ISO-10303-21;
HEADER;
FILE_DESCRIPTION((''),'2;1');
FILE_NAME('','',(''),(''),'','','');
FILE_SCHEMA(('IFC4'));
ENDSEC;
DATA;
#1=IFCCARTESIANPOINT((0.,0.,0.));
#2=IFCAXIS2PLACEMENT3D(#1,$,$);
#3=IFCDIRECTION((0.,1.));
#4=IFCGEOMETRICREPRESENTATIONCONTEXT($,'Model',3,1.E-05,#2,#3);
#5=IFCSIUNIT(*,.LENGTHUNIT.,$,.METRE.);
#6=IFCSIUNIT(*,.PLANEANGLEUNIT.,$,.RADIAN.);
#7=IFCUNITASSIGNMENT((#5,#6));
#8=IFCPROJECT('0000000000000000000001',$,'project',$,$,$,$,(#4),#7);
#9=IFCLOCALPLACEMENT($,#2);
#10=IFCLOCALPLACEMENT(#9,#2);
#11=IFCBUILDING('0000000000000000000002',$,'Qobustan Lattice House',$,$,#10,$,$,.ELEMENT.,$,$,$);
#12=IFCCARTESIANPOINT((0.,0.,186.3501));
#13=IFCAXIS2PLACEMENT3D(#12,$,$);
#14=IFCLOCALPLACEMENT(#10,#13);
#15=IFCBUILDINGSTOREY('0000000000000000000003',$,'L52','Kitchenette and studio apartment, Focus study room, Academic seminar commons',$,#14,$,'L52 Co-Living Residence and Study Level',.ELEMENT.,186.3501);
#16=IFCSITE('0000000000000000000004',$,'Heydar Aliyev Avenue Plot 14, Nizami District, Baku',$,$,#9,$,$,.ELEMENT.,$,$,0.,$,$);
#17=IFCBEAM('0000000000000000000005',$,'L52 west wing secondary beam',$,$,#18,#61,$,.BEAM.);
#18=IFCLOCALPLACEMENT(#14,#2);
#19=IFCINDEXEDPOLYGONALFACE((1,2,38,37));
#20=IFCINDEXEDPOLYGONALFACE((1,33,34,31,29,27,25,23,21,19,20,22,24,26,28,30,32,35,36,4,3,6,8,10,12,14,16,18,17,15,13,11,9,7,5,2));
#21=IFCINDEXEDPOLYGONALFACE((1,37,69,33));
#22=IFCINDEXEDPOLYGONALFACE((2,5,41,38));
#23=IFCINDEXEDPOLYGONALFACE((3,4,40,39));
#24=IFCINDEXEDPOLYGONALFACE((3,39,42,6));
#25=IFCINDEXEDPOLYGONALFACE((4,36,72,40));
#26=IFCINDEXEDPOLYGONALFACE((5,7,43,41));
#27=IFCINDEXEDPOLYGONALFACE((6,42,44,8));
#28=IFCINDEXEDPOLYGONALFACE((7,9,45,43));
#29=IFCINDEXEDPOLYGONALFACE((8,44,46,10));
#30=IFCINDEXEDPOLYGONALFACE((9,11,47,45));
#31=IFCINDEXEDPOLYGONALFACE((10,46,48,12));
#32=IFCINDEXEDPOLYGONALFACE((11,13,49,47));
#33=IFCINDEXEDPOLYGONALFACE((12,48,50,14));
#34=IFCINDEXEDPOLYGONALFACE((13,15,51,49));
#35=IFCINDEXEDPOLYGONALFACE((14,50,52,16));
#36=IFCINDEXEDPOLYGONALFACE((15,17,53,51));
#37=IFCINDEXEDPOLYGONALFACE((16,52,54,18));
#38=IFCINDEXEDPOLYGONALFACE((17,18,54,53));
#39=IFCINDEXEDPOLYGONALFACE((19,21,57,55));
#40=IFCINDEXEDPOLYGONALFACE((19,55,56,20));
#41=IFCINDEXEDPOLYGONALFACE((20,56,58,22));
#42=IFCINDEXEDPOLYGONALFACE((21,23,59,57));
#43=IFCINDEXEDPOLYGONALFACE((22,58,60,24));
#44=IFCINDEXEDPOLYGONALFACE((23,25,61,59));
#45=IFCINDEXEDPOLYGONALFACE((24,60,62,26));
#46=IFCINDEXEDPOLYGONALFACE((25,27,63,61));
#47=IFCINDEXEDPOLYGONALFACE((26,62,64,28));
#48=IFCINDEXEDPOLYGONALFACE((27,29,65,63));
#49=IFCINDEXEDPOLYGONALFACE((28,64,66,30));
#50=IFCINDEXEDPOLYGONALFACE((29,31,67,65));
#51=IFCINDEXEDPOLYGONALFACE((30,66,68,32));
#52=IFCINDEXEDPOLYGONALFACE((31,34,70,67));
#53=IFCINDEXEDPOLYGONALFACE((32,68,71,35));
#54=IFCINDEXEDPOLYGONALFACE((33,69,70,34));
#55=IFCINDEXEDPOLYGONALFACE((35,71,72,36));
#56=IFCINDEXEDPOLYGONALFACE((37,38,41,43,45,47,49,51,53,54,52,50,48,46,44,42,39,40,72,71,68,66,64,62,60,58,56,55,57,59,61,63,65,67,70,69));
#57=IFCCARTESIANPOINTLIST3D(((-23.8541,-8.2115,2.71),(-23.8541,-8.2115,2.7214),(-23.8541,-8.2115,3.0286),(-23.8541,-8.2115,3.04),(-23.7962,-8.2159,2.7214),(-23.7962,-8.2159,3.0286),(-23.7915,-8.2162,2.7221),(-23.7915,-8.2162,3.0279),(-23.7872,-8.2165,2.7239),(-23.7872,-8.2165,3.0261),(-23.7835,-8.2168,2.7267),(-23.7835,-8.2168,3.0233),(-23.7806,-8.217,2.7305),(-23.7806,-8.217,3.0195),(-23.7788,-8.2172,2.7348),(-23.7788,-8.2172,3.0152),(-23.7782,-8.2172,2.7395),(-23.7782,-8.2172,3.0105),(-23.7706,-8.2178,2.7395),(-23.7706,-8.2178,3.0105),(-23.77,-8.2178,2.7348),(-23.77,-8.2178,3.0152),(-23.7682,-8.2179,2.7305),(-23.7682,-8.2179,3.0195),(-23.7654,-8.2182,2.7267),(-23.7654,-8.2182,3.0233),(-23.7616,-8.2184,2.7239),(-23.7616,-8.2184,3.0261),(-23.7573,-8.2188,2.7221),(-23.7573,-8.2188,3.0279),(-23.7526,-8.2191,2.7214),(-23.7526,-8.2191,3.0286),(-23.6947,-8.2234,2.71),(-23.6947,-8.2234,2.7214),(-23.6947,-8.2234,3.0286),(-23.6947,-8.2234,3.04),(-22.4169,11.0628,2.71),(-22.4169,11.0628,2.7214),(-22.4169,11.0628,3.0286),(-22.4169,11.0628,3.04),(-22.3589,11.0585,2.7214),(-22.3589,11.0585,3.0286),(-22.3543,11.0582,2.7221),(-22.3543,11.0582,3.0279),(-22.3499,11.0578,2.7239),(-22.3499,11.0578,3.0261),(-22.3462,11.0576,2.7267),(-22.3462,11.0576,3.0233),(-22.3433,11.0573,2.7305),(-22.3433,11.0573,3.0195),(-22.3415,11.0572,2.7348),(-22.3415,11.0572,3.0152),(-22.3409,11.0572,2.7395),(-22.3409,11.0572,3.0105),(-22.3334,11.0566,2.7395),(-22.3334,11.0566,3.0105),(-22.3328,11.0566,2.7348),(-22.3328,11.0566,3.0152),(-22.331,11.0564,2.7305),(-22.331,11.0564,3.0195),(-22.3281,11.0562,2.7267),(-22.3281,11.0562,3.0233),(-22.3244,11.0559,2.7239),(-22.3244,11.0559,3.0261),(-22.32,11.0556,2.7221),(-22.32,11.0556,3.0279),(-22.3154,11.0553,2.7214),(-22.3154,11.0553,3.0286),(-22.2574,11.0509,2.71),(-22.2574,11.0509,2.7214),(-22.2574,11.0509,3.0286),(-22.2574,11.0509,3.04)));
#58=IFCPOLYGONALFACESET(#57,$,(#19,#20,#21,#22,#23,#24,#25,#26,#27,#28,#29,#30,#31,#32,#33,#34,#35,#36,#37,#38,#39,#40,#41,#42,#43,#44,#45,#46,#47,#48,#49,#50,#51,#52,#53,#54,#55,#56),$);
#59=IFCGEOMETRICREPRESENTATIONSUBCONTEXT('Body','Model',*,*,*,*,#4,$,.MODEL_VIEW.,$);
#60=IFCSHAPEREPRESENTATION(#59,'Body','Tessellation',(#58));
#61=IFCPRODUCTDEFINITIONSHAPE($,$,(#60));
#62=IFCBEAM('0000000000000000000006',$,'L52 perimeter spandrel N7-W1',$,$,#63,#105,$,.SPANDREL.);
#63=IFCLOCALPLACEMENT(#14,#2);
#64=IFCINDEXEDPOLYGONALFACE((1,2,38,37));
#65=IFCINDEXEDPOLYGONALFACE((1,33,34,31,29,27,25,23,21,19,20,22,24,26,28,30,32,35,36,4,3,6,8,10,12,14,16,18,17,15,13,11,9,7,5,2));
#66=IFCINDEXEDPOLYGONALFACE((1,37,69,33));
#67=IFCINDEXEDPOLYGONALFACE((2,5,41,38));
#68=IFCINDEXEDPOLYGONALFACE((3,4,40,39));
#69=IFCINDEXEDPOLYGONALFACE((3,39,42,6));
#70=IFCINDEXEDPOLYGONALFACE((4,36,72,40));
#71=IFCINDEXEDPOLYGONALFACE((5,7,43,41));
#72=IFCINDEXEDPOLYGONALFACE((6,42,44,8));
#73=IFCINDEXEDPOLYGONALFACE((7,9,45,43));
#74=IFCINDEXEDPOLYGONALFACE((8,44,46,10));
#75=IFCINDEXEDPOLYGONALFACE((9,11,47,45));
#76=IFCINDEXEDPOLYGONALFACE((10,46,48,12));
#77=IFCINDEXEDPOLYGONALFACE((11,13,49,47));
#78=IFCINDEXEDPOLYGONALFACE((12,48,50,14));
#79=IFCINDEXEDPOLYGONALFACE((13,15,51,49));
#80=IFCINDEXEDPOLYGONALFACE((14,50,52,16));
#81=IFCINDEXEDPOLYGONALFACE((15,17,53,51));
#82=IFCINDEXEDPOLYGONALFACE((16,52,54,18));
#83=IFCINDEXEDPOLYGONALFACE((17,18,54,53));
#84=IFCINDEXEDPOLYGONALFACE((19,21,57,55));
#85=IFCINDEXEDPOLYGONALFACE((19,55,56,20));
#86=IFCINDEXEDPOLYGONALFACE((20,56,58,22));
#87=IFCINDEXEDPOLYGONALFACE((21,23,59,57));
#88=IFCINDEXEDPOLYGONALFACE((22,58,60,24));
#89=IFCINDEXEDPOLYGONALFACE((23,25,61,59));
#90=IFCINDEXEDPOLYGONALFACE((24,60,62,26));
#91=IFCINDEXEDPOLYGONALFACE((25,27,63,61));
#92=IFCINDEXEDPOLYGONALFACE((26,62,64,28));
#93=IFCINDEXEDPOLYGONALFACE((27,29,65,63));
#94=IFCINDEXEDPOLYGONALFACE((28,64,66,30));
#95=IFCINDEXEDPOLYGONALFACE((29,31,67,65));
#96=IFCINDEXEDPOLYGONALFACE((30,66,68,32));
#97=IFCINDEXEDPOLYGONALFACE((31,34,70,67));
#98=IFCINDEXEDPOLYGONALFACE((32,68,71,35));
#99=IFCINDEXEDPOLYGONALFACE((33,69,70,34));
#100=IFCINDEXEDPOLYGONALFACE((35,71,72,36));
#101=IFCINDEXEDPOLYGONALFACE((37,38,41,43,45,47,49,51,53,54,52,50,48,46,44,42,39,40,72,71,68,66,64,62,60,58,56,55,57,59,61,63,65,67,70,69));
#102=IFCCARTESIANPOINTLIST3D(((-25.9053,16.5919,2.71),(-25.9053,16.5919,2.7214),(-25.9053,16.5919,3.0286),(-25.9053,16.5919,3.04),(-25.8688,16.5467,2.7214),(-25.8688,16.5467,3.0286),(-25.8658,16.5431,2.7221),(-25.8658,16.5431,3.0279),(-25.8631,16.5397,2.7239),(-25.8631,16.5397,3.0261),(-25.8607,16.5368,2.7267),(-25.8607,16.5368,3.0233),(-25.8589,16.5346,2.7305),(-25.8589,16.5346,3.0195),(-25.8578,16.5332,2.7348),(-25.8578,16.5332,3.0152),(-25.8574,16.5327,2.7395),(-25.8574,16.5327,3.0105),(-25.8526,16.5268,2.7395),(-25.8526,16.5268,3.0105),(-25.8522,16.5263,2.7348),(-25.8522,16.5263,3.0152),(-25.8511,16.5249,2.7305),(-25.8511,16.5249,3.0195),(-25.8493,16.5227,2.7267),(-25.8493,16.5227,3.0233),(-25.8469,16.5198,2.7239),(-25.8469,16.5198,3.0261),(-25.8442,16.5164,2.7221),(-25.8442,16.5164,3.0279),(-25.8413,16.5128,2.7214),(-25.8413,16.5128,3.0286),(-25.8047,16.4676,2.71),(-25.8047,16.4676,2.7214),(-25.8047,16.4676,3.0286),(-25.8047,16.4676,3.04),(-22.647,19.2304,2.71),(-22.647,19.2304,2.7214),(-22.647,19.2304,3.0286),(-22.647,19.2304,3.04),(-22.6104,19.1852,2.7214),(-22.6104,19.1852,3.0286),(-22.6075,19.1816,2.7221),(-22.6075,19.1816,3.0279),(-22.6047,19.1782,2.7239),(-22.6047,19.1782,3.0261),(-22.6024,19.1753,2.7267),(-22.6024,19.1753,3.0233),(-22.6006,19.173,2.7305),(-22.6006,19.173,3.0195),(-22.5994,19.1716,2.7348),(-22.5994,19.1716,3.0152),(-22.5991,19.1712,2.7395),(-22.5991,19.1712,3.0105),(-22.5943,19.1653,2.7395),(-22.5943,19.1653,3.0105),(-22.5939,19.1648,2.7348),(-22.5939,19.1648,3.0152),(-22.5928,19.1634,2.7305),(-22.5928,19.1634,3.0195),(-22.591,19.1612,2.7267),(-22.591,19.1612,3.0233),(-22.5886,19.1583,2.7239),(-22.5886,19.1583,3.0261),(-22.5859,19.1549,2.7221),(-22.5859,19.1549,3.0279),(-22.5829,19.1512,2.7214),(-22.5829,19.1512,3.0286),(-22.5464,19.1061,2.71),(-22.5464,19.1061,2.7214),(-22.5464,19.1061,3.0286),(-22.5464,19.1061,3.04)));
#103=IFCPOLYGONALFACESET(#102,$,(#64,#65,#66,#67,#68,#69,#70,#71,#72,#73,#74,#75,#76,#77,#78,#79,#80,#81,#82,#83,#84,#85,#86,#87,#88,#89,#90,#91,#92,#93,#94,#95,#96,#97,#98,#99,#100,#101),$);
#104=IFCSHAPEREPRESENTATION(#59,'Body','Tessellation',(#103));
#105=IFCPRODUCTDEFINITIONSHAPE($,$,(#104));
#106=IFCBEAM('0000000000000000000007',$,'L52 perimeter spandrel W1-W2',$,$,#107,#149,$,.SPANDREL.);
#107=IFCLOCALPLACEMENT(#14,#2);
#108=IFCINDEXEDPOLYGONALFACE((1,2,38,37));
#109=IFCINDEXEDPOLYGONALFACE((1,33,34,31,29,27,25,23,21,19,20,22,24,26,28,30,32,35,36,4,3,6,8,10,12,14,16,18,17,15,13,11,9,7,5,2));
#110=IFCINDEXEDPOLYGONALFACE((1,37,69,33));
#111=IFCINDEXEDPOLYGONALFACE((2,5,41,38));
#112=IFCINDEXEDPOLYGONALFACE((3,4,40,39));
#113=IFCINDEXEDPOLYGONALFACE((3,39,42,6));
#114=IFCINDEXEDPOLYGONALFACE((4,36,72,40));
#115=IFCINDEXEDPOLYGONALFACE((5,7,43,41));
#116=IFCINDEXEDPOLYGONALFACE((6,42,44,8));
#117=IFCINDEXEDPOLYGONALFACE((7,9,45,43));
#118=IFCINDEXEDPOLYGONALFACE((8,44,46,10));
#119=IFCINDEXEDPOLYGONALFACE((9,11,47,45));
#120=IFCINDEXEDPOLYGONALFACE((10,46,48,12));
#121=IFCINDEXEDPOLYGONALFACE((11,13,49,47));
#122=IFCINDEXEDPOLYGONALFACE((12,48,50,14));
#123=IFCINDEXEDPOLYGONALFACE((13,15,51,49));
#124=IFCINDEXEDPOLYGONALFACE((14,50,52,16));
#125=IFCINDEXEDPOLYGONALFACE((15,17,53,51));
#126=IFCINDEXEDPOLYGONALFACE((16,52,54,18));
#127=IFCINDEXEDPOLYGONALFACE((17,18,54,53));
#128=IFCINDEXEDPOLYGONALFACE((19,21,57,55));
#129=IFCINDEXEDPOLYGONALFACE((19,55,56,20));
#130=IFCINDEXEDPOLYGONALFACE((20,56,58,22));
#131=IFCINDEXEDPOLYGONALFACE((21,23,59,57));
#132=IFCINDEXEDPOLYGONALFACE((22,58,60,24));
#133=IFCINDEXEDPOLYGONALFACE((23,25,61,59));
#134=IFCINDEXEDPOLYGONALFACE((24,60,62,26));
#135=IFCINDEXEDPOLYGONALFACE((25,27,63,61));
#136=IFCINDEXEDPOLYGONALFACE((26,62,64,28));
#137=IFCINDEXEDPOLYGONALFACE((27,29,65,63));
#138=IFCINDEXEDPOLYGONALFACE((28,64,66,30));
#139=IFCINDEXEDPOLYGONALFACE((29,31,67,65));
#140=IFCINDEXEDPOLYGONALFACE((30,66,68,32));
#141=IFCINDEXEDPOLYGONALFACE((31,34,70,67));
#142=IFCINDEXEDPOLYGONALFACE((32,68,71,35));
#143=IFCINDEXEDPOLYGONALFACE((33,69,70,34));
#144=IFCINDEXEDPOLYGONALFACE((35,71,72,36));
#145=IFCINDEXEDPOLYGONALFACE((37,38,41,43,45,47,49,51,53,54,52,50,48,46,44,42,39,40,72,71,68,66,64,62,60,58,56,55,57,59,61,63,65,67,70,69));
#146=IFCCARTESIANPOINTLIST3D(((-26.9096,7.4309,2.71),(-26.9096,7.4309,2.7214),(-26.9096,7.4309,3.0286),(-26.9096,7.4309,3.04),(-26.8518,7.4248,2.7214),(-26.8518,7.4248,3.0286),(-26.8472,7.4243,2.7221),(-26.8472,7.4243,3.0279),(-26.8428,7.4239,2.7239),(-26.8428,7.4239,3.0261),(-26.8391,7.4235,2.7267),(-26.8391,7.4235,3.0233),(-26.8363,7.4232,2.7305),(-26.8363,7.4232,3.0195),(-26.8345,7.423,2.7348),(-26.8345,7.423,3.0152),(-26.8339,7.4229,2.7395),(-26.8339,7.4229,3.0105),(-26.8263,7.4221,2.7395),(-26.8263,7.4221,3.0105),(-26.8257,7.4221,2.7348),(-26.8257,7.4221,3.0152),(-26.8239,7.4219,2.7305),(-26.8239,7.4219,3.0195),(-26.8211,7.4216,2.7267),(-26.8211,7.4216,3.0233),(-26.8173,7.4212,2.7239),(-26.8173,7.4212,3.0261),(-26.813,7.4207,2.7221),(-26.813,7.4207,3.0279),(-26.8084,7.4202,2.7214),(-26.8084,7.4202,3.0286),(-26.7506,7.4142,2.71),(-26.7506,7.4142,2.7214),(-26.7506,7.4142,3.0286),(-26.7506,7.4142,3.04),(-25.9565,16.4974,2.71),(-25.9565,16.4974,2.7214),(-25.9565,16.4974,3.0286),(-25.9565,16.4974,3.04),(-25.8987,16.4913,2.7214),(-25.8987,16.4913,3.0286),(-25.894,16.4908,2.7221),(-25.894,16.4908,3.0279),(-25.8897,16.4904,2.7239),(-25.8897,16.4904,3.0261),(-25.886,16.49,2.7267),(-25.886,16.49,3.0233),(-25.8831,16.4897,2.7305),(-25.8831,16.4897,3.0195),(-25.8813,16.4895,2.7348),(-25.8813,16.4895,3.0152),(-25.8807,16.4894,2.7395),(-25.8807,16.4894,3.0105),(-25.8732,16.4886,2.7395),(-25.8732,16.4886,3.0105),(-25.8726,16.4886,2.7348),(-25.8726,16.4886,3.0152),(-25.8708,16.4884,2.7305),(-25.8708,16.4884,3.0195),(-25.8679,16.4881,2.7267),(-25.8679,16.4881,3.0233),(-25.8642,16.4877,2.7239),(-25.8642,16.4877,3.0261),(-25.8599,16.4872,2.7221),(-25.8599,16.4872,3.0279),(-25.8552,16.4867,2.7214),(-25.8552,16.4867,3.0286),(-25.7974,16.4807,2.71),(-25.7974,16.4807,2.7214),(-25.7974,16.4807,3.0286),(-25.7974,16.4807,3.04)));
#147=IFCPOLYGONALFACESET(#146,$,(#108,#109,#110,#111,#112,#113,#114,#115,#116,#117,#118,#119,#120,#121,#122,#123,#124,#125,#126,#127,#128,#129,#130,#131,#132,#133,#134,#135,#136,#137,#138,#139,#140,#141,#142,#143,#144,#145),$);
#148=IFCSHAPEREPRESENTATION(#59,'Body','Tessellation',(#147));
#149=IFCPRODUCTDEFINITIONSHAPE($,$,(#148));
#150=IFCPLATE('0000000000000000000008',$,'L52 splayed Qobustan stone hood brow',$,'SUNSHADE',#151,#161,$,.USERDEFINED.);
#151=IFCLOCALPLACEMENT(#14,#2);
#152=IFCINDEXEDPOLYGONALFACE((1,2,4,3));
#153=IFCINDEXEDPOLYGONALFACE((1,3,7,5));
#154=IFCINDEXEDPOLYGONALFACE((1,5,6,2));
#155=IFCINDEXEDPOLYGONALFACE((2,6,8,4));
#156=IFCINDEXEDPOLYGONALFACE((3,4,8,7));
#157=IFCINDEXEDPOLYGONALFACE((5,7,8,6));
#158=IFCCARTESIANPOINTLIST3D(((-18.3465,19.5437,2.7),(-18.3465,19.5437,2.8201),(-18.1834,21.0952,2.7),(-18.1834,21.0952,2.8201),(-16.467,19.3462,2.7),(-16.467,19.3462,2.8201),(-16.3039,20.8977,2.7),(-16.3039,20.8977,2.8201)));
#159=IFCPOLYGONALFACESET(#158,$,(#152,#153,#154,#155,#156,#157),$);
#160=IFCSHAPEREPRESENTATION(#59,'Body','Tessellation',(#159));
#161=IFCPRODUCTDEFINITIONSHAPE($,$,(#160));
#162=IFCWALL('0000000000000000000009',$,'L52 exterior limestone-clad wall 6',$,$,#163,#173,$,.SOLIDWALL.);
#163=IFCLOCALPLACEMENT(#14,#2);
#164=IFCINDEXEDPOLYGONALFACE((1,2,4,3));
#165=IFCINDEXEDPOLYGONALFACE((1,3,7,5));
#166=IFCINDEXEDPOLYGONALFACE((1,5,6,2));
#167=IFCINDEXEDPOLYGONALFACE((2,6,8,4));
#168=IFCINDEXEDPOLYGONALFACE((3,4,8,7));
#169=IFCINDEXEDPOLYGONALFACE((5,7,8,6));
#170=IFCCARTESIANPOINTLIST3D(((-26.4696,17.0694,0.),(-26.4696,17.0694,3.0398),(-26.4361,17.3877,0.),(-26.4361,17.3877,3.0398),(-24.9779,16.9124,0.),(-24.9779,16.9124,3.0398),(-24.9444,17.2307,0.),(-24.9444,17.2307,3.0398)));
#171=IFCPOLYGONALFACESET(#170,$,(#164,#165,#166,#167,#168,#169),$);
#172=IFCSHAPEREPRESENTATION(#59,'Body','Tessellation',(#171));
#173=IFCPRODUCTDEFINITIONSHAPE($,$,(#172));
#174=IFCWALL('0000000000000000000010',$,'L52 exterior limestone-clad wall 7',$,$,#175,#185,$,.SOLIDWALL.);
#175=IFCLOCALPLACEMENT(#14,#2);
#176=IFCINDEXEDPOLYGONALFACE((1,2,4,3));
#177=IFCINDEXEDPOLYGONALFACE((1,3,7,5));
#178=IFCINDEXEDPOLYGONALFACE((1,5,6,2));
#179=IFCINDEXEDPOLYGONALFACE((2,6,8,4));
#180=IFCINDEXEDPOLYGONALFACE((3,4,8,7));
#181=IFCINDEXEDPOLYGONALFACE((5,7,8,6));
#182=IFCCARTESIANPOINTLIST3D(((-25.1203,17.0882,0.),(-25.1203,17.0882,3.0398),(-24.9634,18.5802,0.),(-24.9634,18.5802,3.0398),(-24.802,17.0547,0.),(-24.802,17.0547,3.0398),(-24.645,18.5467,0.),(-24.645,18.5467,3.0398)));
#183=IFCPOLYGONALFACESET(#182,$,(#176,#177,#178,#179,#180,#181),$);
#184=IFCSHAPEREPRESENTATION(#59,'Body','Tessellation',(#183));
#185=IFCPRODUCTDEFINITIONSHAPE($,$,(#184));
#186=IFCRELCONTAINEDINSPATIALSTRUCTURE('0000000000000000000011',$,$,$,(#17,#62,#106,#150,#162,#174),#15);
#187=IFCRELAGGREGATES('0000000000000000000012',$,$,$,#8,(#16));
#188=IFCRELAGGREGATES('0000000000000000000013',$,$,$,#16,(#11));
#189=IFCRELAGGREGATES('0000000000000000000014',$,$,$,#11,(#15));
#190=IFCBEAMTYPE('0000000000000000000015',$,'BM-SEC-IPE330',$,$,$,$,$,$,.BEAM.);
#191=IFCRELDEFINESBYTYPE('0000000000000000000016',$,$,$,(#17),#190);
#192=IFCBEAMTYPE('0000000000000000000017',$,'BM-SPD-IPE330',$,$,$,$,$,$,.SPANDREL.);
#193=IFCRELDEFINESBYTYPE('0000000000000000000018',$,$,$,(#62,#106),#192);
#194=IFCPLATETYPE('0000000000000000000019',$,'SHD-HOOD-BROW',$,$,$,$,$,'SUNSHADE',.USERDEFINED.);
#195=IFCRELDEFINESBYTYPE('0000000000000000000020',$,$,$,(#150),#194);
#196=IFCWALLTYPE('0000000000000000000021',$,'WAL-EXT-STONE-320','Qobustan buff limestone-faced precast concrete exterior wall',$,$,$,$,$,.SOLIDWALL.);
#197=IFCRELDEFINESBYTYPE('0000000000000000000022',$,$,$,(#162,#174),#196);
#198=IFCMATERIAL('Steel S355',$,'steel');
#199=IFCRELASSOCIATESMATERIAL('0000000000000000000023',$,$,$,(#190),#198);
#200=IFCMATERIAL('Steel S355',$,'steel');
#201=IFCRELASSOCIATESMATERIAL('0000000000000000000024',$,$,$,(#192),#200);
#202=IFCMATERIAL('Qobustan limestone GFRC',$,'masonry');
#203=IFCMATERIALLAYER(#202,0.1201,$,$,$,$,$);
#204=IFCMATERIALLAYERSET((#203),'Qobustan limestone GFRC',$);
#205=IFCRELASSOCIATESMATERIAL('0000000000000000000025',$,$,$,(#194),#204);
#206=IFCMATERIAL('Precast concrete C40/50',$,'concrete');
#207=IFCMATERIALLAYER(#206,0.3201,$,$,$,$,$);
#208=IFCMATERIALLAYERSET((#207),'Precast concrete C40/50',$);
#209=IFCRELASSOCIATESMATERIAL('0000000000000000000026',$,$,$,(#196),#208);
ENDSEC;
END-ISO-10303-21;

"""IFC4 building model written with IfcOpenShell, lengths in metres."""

from ifc_helpers import new_model, si_unit, direction, frame, frame_2d, origin, origin_2d, place, context, subcontext, project, spatial, rectangle, i_section, extrude, material, layer, layer_set, material_profile, profile_set, type_object, element, save


model = new_model("IFC4")

# Units and contexts
model_context = context("Model", 3, precision=1e-05, world=origin(), true_north=direction((0.0, 1.0)))
body_context = subcontext(model_context, "Body", "Model", "MODEL_VIEW")
ifc_project = project(units=[si_unit("LENGTHUNIT", "METRE"), si_unit("PLANEANGLEUNIT", "RADIAN")], contexts=[model_context])

# Site, building, storey
site_placement = place(None, origin())
site = spatial("IfcSite", under=ifc_project, at=site_placement, Name="Heydar Aliyev Avenue Plot 14, Nizami District, Baku", CompositionType="ELEMENT", RefElevation=0.0)
building_placement = place(site_placement, origin())
building = spatial("IfcBuilding", under=site, at=building_placement, Name="Qobustan Lattice House", CompositionType="ELEMENT")
storey_placement = place(building_placement, frame((0.0, 0.0, 186.3501)))
storey = spatial("IfcBuildingStorey", under=building, at=storey_placement, Name="L52", Description="Kitchenette and studio apartment, Focus study room, Academic seminar commons", LongName="L52 Co-Living Residence and Study Level", CompositionType="ELEMENT", Elevation=186.3501)

# Beams
ifc_material_1 = material(Name="Steel S355", Category="steel")
ifc_material_profile_1 = material_profile(ifc_material_1, i_section(OverallWidth=0.1599, OverallDepth=0.3301, WebThickness=0.0076, FlangeThickness=0.0115, FilletRadius=0.0181, at=origin_2d()), Name="IPE330")
ifc_profile_set_1 = profile_set([ifc_material_profile_1], Name="Steel S355")
beam_type_1 = type_object("IfcBeamType", Name="BM-SEC-IPE330", PredefinedType="BEAM", material=ifc_profile_set_1)
beam_1_placement = place(storey_placement, frame((-22.3372, 11.0569, 2.875), z_axis=(-0.074362, -0.997231, 0.0), x_axis=(0.997231, -0.074362, 0.0)))
element("IfcBeam", 1, at=beam_1_placement, inside=storey, type_object=beam_type_1, Name="L52 west wing secondary beam", PredefinedType="BEAM", context=body_context, shape_type="SweptSolid", body=[
    extrude(i_section(OverallWidth=0.1599, OverallDepth=0.3301, WebThickness=0.0076, FlangeThickness=0.0115, FilletRadius=0.0181, at=origin_2d()), origin(), (0.0, 0.0, 1.0), 19.3279),
])
ifc_material_2 = material(Name="Steel S355", Category="steel")
ifc_material_profile_2 = material_profile(ifc_material_2, i_section(OverallWidth=0.1599, OverallDepth=0.3301, WebThickness=0.0076, FlangeThickness=0.0115, FilletRadius=0.0181, at=origin_2d()), Name="IPE330")
ifc_profile_set_2 = profile_set([ifc_material_profile_2], Name="Steel S355")
beam_type_2 = type_object("IfcBeamType", Name="BM-SPD-IPE330", PredefinedType="SPANDREL", material=ifc_profile_set_2)
beam_2_placement = place(storey_placement, frame((-22.5967, 19.1682, 2.875), z_axis=(-0.777157, -0.629307, 0.0), x_axis=(0.629307, -0.777157, 0.0)))
element("IfcBeam", 2, at=beam_2_placement, inside=storey, type_object=beam_type_2, Name="L52 perimeter spandrel N7-W1", PredefinedType="SPANDREL", context=body_context, shape_type="SweptSolid", body=[
    extrude(i_section(OverallWidth=0.1599, OverallDepth=0.3301, WebThickness=0.0076, FlangeThickness=0.0115, FilletRadius=0.0181, at=origin_2d()), origin(), (0.0, 0.0, 1.0), 4.1926),
])
beam_3_placement = place(storey_placement, frame((-25.877, 16.489, 2.875), z_axis=(-0.104551, -0.99452, 0.0), x_axis=(0.99452, -0.104551, 0.0)))
element("IfcBeam", 3, at=beam_3_placement, inside=storey, type_object=beam_type_2, Name="L52 perimeter spandrel W1-W2", PredefinedType="SPANDREL", context=body_context, shape_type="SweptSolid", body=[
    extrude(i_section(OverallWidth=0.1599, OverallDepth=0.3301, WebThickness=0.0076, FlangeThickness=0.0115, FilletRadius=0.0181, at=origin_2d()), origin(), (0.0, 0.0, 1.0), 9.1165),
])

# Plate
ifc_material_3 = material(Name="Qobustan limestone GFRC", Category="masonry")
ifc_layer_1 = layer(ifc_material_3, 0.1201)
ifc_layer_set_1 = layer_set([ifc_layer_1], Name="Qobustan limestone GFRC")
plate_type = type_object("IfcPlateType", Name="SHD-HOOD-BROW", ElementType="SUNSHADE", PredefinedType="USERDEFINED", material=ifc_layer_set_1)
plate_placement = place(storey_placement, frame((-17.3252, 20.2207, 2.7), z_axis=(0.0, 0.0, 1.0), x_axis=(0.994522, -0.104528, 0.0)))
element("IfcPlate", 4, at=plate_placement, inside=storey, type_object=plate_type, Name="L52 splayed Qobustan stone hood brow", ObjectType="SUNSHADE", PredefinedType="USERDEFINED", context=body_context, shape_type="SweptSolid", body=[
    extrude(rectangle(XDim=1.8899, YDim=1.5601, at=origin_2d()), origin(), (0.0, 0.0, 1.0), 0.1201),
])

# Walls
ifc_material_4 = material(Name="Precast concrete C40/50", Category="concrete")
ifc_layer_2 = layer(ifc_material_4, 0.3201)
ifc_layer_set_2 = layer_set([ifc_layer_2], Name="Precast concrete C40/50")
wall_type_1 = type_object("IfcWallType", Name="WAL-EXT-STONE-320", Description="Qobustan buff limestone-faced precast concrete exterior wall", PredefinedType="SOLIDWALL", material=ifc_layer_set_2)
wall_1_placement = place(storey_placement, frame((-26.4529, 17.2285, 0.0), z_axis=(0.0, 0.0, 1.0), x_axis=(0.994508, -0.104659, 0.0)))
element("IfcWall", 5, at=wall_1_placement, inside=storey, type_object=wall_type_1, Name="L52 exterior limestone-clad wall 6", PredefinedType="SOLIDWALL", context=body_context, shape_type="SweptSolid", body=[
    extrude(rectangle(XDim=1.5, YDim=0.3201, at=frame_2d((0.75, 0.0))), origin(), (0.0, 0.0, 1.0), 3.0398),
])
wall_2_placement = place(storey_placement, frame((-24.9612, 17.0715, 0.0), z_axis=(0.0, 0.0, 1.0), x_axis=(0.104642, 0.99451, 0.0)))
element("IfcWall", 6, at=wall_2_placement, inside=storey, type_object=wall_type_1, Name="L52 exterior limestone-clad wall 7", PredefinedType="SOLIDWALL", context=body_context, shape_type="SweptSolid", body=[
    extrude(rectangle(XDim=1.5002, YDim=0.3201, at=frame_2d((0.75, 0.0))), origin(), (0.0, 0.0, 1.0), 3.0398),
])

save(model, "model.ifc")
